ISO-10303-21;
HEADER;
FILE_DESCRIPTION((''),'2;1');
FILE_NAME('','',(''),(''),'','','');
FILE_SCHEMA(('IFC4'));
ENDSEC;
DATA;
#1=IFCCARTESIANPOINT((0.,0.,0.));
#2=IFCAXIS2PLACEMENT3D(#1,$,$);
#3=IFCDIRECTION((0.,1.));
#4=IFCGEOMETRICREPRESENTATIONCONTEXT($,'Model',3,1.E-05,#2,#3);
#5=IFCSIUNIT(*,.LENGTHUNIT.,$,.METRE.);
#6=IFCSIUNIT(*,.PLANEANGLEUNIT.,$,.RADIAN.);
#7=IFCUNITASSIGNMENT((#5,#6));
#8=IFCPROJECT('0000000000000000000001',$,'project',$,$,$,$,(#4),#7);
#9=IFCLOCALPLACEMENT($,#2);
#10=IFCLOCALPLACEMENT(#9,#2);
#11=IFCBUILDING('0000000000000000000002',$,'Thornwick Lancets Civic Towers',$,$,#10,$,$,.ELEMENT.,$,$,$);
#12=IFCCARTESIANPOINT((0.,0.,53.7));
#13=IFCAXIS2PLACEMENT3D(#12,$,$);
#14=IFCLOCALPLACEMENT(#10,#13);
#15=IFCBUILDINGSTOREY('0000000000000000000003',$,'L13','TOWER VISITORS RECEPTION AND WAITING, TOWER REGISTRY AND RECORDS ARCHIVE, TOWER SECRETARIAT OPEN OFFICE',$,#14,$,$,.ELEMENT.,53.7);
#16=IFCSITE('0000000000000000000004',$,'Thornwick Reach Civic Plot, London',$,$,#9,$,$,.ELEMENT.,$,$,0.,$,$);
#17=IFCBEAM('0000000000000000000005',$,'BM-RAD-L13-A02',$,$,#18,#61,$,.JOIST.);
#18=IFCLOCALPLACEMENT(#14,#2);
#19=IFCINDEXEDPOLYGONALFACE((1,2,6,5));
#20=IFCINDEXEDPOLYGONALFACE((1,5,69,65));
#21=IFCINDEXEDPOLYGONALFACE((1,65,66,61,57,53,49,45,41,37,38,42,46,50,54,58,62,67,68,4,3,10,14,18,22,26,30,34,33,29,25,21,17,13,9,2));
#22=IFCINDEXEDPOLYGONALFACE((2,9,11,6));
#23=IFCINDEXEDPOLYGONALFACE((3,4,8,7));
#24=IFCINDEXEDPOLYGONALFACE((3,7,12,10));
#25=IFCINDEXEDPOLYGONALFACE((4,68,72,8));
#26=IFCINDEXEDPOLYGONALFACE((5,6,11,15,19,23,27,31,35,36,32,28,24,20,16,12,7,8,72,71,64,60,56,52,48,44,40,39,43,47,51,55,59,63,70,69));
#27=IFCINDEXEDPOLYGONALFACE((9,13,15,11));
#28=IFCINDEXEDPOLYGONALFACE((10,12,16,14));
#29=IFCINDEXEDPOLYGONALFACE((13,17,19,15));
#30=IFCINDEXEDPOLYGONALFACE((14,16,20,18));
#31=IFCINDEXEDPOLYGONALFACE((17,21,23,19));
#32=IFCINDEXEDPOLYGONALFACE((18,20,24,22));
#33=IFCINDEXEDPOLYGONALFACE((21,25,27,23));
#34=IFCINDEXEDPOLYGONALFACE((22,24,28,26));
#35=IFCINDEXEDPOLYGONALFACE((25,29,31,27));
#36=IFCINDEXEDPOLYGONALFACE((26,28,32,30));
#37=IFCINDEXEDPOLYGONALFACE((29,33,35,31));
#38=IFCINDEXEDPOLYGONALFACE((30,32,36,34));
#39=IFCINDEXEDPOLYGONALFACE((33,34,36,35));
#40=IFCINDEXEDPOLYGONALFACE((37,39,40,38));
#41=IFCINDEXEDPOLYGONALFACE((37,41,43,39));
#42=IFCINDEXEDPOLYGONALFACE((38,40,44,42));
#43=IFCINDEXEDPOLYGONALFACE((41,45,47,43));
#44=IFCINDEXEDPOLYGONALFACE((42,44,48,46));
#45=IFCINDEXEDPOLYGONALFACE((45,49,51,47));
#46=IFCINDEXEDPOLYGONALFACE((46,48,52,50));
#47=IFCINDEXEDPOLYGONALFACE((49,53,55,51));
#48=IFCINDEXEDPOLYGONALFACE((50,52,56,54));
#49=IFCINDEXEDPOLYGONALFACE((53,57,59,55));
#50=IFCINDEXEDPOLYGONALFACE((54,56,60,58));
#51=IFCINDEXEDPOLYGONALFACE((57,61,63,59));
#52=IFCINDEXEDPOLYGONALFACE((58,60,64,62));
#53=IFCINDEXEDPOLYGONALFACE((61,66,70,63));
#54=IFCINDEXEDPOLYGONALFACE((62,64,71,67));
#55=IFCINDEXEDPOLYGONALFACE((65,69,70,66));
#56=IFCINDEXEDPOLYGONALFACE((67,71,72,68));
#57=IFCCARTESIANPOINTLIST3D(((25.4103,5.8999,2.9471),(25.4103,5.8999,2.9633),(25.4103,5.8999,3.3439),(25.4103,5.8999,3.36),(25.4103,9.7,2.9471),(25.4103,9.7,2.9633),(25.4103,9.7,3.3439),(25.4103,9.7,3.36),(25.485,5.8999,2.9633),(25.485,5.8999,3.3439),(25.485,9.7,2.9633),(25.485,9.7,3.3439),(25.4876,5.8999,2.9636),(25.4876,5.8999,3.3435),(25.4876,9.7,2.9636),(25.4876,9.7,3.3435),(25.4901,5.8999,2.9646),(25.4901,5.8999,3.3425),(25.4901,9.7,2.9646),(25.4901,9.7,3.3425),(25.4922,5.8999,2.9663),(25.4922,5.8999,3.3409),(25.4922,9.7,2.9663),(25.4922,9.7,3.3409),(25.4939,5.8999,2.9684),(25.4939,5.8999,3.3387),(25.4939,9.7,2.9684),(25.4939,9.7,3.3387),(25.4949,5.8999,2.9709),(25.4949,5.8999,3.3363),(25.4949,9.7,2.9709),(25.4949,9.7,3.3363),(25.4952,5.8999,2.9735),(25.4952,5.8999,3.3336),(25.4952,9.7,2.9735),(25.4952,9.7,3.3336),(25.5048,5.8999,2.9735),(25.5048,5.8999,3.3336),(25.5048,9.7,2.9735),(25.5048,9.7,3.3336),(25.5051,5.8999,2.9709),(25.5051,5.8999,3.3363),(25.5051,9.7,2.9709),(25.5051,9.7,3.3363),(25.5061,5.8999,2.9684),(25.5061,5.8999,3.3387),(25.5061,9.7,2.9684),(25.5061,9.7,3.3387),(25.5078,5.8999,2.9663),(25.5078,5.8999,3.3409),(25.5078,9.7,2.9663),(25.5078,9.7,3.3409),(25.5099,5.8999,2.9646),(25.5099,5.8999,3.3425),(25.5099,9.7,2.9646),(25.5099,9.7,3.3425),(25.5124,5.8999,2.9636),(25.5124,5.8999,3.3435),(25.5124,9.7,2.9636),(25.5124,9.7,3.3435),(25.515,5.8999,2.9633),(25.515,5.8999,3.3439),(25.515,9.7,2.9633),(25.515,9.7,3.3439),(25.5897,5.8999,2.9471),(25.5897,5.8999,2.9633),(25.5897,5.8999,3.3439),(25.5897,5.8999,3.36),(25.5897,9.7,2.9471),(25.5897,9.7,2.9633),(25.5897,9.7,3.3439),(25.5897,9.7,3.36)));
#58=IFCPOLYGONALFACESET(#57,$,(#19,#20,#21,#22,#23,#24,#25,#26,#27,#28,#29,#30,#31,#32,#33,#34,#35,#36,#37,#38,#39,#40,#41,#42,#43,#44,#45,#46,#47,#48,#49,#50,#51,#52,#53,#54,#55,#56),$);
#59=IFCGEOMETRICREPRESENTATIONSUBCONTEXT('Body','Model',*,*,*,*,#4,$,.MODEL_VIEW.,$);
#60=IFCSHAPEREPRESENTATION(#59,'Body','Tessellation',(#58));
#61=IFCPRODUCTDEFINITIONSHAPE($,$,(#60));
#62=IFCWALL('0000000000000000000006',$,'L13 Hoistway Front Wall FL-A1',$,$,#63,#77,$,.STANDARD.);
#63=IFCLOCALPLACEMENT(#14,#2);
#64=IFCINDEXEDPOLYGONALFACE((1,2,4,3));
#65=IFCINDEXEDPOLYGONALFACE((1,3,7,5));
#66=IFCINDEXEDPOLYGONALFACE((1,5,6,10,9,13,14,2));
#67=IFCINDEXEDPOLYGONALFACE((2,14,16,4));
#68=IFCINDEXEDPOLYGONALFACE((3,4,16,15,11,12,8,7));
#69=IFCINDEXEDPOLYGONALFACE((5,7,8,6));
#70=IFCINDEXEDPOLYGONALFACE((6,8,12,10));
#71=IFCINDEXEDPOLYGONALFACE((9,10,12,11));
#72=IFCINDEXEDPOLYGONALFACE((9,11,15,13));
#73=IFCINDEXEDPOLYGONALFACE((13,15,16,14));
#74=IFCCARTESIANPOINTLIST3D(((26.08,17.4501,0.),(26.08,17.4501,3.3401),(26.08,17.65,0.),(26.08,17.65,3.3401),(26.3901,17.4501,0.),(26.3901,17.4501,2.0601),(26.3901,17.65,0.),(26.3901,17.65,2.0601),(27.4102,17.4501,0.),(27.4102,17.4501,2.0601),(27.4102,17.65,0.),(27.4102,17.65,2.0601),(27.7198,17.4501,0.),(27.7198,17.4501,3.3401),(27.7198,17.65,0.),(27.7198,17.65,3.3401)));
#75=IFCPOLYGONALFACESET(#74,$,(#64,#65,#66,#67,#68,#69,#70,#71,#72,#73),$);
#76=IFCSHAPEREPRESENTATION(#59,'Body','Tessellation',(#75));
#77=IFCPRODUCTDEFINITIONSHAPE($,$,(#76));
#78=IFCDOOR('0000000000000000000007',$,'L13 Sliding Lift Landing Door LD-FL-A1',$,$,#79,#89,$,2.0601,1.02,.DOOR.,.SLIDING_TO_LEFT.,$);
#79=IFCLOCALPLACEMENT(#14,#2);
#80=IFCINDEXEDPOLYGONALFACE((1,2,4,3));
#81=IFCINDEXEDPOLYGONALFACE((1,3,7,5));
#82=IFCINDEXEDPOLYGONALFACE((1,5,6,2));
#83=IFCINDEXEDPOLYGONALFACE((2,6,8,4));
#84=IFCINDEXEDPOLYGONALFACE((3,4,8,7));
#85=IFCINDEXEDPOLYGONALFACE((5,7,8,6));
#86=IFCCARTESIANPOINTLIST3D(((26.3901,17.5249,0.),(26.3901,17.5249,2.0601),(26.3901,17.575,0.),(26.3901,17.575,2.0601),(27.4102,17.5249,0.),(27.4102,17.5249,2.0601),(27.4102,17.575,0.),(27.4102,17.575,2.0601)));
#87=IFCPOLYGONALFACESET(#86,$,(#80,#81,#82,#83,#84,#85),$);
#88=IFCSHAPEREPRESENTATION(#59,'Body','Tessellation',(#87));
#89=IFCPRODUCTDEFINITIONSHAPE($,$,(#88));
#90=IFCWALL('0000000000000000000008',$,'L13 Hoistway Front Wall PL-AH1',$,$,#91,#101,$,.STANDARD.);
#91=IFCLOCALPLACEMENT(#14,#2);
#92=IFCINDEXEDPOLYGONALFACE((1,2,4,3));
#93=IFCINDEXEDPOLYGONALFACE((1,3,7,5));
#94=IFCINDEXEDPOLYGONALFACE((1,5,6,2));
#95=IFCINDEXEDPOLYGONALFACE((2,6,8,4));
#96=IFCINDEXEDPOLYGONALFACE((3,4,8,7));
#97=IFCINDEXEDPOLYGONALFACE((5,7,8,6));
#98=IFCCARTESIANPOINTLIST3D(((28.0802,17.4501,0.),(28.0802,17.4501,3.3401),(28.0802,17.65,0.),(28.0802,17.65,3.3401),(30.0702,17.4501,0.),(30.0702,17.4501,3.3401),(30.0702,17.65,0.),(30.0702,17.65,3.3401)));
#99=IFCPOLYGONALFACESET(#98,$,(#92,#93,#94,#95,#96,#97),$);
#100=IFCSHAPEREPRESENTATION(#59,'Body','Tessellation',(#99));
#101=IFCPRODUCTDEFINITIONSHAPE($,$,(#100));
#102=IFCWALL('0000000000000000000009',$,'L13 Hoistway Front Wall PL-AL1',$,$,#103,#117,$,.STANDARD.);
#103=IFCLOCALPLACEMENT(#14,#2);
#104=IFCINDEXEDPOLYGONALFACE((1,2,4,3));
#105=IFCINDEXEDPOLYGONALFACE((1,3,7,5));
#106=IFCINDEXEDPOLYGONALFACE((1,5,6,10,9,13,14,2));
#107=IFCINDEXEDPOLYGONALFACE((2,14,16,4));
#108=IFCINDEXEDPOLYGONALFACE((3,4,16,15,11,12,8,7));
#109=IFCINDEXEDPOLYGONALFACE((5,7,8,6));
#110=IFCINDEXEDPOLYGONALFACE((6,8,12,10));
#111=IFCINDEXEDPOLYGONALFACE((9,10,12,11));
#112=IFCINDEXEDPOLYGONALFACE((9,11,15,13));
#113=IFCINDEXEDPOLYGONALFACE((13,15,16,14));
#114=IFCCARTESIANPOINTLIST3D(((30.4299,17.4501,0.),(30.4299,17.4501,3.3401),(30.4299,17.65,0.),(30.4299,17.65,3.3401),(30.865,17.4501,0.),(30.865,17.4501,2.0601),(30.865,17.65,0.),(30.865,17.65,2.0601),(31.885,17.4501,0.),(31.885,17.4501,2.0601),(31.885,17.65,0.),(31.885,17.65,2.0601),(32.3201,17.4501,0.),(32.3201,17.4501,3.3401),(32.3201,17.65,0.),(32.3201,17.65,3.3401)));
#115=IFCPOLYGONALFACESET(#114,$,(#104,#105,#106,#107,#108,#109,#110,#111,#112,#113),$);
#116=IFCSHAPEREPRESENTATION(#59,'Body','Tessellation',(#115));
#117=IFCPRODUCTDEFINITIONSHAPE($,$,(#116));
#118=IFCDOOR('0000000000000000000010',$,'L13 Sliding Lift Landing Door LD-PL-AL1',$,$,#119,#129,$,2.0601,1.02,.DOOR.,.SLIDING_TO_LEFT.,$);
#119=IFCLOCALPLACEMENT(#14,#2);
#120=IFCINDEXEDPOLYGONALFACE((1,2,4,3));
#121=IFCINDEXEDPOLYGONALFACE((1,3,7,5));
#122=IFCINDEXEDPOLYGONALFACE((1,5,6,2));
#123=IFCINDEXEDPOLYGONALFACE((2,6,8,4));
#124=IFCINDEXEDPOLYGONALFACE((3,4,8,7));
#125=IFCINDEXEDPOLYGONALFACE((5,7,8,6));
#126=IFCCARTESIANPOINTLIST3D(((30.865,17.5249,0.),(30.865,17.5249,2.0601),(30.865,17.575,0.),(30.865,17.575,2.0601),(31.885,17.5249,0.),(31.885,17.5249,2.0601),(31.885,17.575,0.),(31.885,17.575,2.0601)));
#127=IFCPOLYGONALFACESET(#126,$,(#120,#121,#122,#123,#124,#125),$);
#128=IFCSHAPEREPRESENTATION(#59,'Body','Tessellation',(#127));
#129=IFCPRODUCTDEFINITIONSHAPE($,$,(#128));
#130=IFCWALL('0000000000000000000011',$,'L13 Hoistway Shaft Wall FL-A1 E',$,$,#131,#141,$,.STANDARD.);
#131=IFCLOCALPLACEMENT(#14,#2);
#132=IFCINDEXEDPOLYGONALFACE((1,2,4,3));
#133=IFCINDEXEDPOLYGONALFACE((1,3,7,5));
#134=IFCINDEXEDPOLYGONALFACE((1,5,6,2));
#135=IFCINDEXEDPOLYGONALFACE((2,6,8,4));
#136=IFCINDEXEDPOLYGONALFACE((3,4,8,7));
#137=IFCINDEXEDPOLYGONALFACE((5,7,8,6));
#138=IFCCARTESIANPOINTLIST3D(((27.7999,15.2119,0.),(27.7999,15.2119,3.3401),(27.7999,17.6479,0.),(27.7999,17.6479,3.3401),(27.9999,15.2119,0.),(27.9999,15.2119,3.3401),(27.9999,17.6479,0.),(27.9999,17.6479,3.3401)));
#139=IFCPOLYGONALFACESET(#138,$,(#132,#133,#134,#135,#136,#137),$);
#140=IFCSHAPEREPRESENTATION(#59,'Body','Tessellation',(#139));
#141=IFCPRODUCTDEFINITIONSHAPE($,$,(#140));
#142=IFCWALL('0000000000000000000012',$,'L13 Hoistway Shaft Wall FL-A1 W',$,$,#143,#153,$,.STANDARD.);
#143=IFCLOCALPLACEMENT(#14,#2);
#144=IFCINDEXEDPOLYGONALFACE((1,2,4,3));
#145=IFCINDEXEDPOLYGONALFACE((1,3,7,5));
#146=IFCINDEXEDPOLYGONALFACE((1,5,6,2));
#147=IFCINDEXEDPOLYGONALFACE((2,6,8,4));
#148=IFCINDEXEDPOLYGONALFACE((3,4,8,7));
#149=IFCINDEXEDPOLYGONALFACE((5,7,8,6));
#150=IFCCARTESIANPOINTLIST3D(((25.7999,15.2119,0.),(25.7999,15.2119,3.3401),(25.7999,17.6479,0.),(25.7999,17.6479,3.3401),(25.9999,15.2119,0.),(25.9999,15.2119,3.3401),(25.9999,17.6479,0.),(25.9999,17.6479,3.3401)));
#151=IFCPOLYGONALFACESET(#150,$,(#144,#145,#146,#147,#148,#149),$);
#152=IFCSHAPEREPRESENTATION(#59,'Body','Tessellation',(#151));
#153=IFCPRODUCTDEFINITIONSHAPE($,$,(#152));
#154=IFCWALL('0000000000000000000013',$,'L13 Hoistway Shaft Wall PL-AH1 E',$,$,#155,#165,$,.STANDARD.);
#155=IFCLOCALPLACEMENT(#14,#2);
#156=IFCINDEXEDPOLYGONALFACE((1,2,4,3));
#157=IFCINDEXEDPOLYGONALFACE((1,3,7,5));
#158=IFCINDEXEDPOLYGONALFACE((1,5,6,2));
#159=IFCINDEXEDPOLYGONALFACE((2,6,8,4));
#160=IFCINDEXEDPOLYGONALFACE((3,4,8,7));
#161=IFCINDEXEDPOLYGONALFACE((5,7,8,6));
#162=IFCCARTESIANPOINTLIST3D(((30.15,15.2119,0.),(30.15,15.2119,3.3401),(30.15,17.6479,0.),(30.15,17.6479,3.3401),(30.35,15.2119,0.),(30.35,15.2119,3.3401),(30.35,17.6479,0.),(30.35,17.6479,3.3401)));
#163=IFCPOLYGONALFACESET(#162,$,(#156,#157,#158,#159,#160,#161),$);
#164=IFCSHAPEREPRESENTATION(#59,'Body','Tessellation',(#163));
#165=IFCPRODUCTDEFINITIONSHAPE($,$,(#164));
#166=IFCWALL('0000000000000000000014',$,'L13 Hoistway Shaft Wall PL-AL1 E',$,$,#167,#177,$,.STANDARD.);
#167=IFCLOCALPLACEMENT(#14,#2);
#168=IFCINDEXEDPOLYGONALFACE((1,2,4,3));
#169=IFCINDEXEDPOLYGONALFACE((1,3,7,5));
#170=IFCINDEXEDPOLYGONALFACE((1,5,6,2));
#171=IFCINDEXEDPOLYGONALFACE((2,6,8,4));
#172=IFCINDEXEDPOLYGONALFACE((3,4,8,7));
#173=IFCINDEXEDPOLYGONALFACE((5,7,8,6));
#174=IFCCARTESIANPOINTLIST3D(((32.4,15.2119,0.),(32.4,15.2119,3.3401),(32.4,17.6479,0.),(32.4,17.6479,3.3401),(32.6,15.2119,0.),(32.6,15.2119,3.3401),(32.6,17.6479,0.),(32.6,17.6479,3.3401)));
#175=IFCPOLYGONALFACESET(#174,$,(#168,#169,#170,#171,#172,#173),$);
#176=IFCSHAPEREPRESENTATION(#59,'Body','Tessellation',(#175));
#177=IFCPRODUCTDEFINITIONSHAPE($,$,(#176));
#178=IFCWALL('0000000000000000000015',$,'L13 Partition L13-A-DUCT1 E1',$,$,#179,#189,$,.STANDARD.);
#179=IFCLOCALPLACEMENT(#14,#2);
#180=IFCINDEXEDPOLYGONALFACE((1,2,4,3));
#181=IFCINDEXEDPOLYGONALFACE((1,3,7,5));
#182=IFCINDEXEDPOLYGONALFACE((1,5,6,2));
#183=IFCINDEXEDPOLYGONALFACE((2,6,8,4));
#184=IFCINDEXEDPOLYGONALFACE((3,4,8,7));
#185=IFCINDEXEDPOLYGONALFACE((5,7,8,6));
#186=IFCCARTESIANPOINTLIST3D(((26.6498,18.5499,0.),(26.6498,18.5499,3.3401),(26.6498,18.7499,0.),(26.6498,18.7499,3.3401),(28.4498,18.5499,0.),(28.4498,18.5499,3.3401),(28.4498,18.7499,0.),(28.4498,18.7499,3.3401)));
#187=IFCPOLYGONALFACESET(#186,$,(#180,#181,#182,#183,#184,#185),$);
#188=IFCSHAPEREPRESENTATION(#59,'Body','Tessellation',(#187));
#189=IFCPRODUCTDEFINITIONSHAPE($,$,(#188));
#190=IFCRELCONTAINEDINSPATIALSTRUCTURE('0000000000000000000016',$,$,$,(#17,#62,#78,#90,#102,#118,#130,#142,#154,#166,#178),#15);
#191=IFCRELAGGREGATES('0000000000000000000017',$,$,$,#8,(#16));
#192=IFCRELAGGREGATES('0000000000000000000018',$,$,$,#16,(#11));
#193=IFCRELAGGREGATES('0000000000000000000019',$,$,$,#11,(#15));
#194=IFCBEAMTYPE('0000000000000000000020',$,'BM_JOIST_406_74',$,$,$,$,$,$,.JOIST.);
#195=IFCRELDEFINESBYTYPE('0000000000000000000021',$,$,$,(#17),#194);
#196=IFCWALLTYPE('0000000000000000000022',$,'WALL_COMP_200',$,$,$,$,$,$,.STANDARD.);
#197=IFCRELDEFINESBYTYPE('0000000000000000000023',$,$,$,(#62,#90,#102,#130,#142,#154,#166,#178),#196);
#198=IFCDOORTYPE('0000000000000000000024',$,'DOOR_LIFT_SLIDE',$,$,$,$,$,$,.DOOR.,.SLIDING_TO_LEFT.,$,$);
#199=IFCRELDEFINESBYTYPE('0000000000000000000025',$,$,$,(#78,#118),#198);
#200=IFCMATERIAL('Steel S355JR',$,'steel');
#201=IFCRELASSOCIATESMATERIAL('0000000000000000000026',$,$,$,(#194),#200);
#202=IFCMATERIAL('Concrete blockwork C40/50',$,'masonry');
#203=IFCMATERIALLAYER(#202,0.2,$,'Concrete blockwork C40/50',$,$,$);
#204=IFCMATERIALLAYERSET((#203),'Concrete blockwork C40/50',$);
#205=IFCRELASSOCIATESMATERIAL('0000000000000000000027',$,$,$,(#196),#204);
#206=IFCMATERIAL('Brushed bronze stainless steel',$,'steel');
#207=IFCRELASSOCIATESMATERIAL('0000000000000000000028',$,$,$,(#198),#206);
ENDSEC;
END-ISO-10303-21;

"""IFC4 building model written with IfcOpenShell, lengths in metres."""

from ifc_helpers import new_model, si_unit, direction, frame, frame_2d, origin, origin_2d, place, context, subcontext, project, spatial, rectangle, i_section, extrude, material, layer, layer_set, material_profile, profile_set, type_object, element, fill, save


model = new_model("IFC4")

# Units and contexts
model_context = context("Model", 3, precision=1e-05, world=origin(), true_north=direction((0.0, 1.0)))
body_context = subcontext(model_context, "Body", "Model", "MODEL_VIEW")
ifc_project = project(units=[si_unit("LENGTHUNIT", "METRE"), si_unit("PLANEANGLEUNIT", "RADIAN")], contexts=[model_context])

# Site, building, storey
site_placement = place(None, origin())
site = spatial("IfcSite", under=ifc_project, at=site_placement, Name="Thornwick Reach Civic Plot, London", CompositionType="ELEMENT", RefElevation=0.0)
building_placement = place(site_placement, origin())
building = spatial("IfcBuilding", under=site, at=building_placement, Name="Thornwick Lancets Civic Towers", CompositionType="ELEMENT")
storey_placement = place(building_placement, frame((0.0, 0.0, 53.7)))
storey = spatial("IfcBuildingStorey", under=building, at=storey_placement, Name="L13", Description="TOWER VISITORS RECEPTION AND WAITING, TOWER REGISTRY AND RECORDS ARCHIVE, TOWER SECRETARIAT OPEN OFFICE", CompositionType="ELEMENT", Elevation=53.7)

# Beam
ifc_material_1 = material(Name="Steel S355JR", Category="steel")
ifc_material_profile_1 = material_profile(ifc_material_1, i_section(OverallWidth=0.1794, OverallDepth=0.4128, WebThickness=0.0095, FlangeThickness=0.0161, FilletRadius=0.0103, at=origin_2d()), Name="UKB 406x178x74")
ifc_profile_set_1 = profile_set([ifc_material_profile_1], Name="Steel S355JR")
beam_type_1 = type_object("IfcBeamType", Name="BM_JOIST_406_74", PredefinedType="JOIST", material=ifc_profile_set_1)
beam_1_placement = place(storey_placement, frame((25.5, 9.7, 3.1536), z_axis=(0.0, -1.0, 0.0), x_axis=(1.0, 0.0, 0.0)))
element("IfcBeam", 1, at=beam_1_placement, inside=storey, type_object=beam_type_1, Name="BM-RAD-L13-A02", PredefinedType="JOIST", context=body_context, shape_type="SweptSolid", body=[
    extrude(i_section(OverallWidth=0.1794, OverallDepth=0.4128, WebThickness=0.0095, FlangeThickness=0.0161, FilletRadius=0.0103, at=origin_2d()), origin(), (0.0, 0.0, 1.0), 3.8),
])

# Wall, opening, door
ifc_material_2 = material(Name="Concrete blockwork C40/50", Category="masonry")
ifc_layer_1 = layer(ifc_material_2, 0.2, Name="Concrete blockwork C40/50")
ifc_layer_set_1 = layer_set([ifc_layer_1], Name="Concrete blockwork C40/50")
wall_type_1 = type_object("IfcWallType", Name="WALL_COMP_200", PredefinedType="STANDARD", material=ifc_layer_set_1)
wall_1_placement = place(storey_placement, frame((26.0801, 17.55, 0.0), z_axis=(0.0, 0.0, 1.0), x_axis=(1.0, 0.0, 0.0)))
wall_1 = element("IfcWall", 2, at=wall_1_placement, inside=storey, type_object=wall_type_1, Name="L13 Hoistway Front Wall FL-A1", PredefinedType="STANDARD", context=body_context, shape_type="SweptSolid", body=[
    extrude(rectangle(XDim=1.6399, YDim=0.2, at=frame_2d((0.8198, 0.0))), origin(), (0.0, 0.0, 1.0), 3.3401),
])
opening_1_placement = place(wall_1_placement, frame((0.3101, 0.0, 0.0)))
opening_1 = element("IfcOpeningElement", 3, at=opening_1_placement, cuts=wall_1, PredefinedType="OPENING", context=body_context, shape_type="SweptSolid", body=[
    extrude(rectangle(XDim=1.02, YDim=2.0601, at=frame_2d((0.51, 1.03))), frame((0.0, 0.1099, 0.0), z_axis=(0.0, -1.0, 0.0), x_axis=(1.0, 0.0, 0.0)), (0.0, 0.0, 1.0), 0.22),
])
ifc_material_3 = material(Name="Brushed bronze stainless steel", Category="steel")
door_type_1 = type_object("IfcDoorType", Name="DOOR_LIFT_SLIDE", OperationType="SLIDING_TO_LEFT", PredefinedType="DOOR", material=ifc_material_3)
door_1_placement = place(opening_1_placement, origin())
door_1 = element("IfcDoor", 4, at=door_1_placement, inside=storey, type_object=door_type_1, Name="L13 Sliding Lift Landing Door LD-FL-A1", OperationType="SLIDING_TO_LEFT", OverallHeight=2.0601, OverallWidth=1.02, PredefinedType="DOOR", context=body_context, shape_type="SweptSolid", body=[
    extrude(rectangle(XDim=1.02, YDim=2.0601, at=frame_2d((0.51, 1.03))), frame((0.0, 0.0249, 0.0), z_axis=(0.0, -1.0, 0.0), x_axis=(1.0, 0.0, 0.0)), (0.0, 0.0, 1.0), 0.05),
])
fill(opening_1, door_1)

# Wall
wall_2_placement = place(storey_placement, frame((28.0801, 17.55, 0.0), z_axis=(0.0, 0.0, 1.0), x_axis=(1.0, 0.0, 0.0)))
element("IfcWall", 5, at=wall_2_placement, inside=storey, type_object=wall_type_1, Name="L13 Hoistway Front Wall PL-AH1", PredefinedType="STANDARD", context=body_context, shape_type="SweptSolid", body=[
    extrude(rectangle(XDim=1.99, YDim=0.2, at=frame_2d((0.9951, 0.0))), origin(), (0.0, 0.0, 1.0), 3.3401),
])

# Wall, opening, door
wall_3_placement = place(storey_placement, frame((30.4299, 17.55, 0.0), z_axis=(0.0, 0.0, 1.0), x_axis=(1.0, 0.0, 0.0)))
wall_3 = element("IfcWall", 6, at=wall_3_placement, inside=storey, type_object=wall_type_1, Name="L13 Hoistway Front Wall PL-AL1", PredefinedType="STANDARD", context=body_context, shape_type="SweptSolid", body=[
    extrude(rectangle(XDim=1.8901, YDim=0.2, at=frame_2d((0.9451, 0.0))), origin(), (0.0, 0.0, 1.0), 3.3401),
])
opening_2_placement = place(wall_3_placement, frame((0.4351, 0.0, 0.0)))
opening_2 = element("IfcOpeningElement", 7, at=opening_2_placement, cuts=wall_3, PredefinedType="OPENING", context=body_context, shape_type="SweptSolid", body=[
    extrude(rectangle(XDim=1.02, YDim=2.0601, at=frame_2d((0.51, 1.03))), frame((0.0, 0.1099, 0.0), z_axis=(0.0, -1.0, 0.0), x_axis=(1.0, 0.0, 0.0)), (0.0, 0.0, 1.0), 0.22),
])
door_2_placement = place(opening_2_placement, origin())
door_2 = element("IfcDoor", 8, at=door_2_placement, inside=storey, type_object=door_type_1, Name="L13 Sliding Lift Landing Door LD-PL-AL1", OperationType="SLIDING_TO_LEFT", OverallHeight=2.0601, OverallWidth=1.02, PredefinedType="DOOR", context=body_context, shape_type="SweptSolid", body=[
    extrude(rectangle(XDim=1.02, YDim=2.0601, at=frame_2d((0.51, 1.03))), frame((0.0, 0.0249, 0.0), z_axis=(0.0, -1.0, 0.0), x_axis=(1.0, 0.0, 0.0)), (0.0, 0.0, 1.0), 0.05),
])
fill(opening_2, door_2)

# Walls
for number, where, z_axis, x_axis, name in (
    (9, (27.8999, 15.2119, 0.0), (0.0, 0.0, 1.0), (0.0, 1.0, 0.0), "L13 Hoistway Shaft Wall FL-A1 E"),
    (10, (25.8999, 15.2119, 0.0), (0.0, 0.0, 1.0), (0.0, 1.0, 0.0), "L13 Hoistway Shaft Wall FL-A1 W"),
    (11, (30.25, 15.2119, 0.0), (0.0, 0.0, 1.0), (0.0, 1.0, 0.0), "L13 Hoistway Shaft Wall PL-AH1 E"),
    (12, (32.5, 15.2119, 0.0), (0.0, 0.0, 1.0), (0.0, 1.0, 0.0), "L13 Hoistway Shaft Wall PL-AL1 E"),
):
    element("IfcWall", number, at=place(storey_placement, frame(where, z_axis=z_axis, x_axis=x_axis)), inside=storey, type_object=wall_type_1, Name=name, PredefinedType="STANDARD", context=body_context, shape_type="SweptSolid", body=[
        extrude(rectangle(XDim=2.436, YDim=0.2, at=frame_2d((1.218, 0.0))), origin(), (0.0, 0.0, 1.0), 3.3401),
    ])
wall_4_placement = place(storey_placement, frame((26.6499, 18.6499, 0.0), z_axis=(0.0, 0.0, 1.0), x_axis=(1.0, 0.0, 0.0)))
element("IfcWall", 13, at=wall_4_placement, inside=storey, type_object=wall_type_1, Name="L13 Partition L13-A-DUCT1 E1", PredefinedType="STANDARD", context=body_context, shape_type="SweptSolid", body=[
    extrude(rectangle(XDim=1.8, YDim=0.2, at=frame_2d((0.8999, 0.0))), origin(), (0.0, 0.0, 1.0), 3.3401),
])

save(model, "model.ifc")
